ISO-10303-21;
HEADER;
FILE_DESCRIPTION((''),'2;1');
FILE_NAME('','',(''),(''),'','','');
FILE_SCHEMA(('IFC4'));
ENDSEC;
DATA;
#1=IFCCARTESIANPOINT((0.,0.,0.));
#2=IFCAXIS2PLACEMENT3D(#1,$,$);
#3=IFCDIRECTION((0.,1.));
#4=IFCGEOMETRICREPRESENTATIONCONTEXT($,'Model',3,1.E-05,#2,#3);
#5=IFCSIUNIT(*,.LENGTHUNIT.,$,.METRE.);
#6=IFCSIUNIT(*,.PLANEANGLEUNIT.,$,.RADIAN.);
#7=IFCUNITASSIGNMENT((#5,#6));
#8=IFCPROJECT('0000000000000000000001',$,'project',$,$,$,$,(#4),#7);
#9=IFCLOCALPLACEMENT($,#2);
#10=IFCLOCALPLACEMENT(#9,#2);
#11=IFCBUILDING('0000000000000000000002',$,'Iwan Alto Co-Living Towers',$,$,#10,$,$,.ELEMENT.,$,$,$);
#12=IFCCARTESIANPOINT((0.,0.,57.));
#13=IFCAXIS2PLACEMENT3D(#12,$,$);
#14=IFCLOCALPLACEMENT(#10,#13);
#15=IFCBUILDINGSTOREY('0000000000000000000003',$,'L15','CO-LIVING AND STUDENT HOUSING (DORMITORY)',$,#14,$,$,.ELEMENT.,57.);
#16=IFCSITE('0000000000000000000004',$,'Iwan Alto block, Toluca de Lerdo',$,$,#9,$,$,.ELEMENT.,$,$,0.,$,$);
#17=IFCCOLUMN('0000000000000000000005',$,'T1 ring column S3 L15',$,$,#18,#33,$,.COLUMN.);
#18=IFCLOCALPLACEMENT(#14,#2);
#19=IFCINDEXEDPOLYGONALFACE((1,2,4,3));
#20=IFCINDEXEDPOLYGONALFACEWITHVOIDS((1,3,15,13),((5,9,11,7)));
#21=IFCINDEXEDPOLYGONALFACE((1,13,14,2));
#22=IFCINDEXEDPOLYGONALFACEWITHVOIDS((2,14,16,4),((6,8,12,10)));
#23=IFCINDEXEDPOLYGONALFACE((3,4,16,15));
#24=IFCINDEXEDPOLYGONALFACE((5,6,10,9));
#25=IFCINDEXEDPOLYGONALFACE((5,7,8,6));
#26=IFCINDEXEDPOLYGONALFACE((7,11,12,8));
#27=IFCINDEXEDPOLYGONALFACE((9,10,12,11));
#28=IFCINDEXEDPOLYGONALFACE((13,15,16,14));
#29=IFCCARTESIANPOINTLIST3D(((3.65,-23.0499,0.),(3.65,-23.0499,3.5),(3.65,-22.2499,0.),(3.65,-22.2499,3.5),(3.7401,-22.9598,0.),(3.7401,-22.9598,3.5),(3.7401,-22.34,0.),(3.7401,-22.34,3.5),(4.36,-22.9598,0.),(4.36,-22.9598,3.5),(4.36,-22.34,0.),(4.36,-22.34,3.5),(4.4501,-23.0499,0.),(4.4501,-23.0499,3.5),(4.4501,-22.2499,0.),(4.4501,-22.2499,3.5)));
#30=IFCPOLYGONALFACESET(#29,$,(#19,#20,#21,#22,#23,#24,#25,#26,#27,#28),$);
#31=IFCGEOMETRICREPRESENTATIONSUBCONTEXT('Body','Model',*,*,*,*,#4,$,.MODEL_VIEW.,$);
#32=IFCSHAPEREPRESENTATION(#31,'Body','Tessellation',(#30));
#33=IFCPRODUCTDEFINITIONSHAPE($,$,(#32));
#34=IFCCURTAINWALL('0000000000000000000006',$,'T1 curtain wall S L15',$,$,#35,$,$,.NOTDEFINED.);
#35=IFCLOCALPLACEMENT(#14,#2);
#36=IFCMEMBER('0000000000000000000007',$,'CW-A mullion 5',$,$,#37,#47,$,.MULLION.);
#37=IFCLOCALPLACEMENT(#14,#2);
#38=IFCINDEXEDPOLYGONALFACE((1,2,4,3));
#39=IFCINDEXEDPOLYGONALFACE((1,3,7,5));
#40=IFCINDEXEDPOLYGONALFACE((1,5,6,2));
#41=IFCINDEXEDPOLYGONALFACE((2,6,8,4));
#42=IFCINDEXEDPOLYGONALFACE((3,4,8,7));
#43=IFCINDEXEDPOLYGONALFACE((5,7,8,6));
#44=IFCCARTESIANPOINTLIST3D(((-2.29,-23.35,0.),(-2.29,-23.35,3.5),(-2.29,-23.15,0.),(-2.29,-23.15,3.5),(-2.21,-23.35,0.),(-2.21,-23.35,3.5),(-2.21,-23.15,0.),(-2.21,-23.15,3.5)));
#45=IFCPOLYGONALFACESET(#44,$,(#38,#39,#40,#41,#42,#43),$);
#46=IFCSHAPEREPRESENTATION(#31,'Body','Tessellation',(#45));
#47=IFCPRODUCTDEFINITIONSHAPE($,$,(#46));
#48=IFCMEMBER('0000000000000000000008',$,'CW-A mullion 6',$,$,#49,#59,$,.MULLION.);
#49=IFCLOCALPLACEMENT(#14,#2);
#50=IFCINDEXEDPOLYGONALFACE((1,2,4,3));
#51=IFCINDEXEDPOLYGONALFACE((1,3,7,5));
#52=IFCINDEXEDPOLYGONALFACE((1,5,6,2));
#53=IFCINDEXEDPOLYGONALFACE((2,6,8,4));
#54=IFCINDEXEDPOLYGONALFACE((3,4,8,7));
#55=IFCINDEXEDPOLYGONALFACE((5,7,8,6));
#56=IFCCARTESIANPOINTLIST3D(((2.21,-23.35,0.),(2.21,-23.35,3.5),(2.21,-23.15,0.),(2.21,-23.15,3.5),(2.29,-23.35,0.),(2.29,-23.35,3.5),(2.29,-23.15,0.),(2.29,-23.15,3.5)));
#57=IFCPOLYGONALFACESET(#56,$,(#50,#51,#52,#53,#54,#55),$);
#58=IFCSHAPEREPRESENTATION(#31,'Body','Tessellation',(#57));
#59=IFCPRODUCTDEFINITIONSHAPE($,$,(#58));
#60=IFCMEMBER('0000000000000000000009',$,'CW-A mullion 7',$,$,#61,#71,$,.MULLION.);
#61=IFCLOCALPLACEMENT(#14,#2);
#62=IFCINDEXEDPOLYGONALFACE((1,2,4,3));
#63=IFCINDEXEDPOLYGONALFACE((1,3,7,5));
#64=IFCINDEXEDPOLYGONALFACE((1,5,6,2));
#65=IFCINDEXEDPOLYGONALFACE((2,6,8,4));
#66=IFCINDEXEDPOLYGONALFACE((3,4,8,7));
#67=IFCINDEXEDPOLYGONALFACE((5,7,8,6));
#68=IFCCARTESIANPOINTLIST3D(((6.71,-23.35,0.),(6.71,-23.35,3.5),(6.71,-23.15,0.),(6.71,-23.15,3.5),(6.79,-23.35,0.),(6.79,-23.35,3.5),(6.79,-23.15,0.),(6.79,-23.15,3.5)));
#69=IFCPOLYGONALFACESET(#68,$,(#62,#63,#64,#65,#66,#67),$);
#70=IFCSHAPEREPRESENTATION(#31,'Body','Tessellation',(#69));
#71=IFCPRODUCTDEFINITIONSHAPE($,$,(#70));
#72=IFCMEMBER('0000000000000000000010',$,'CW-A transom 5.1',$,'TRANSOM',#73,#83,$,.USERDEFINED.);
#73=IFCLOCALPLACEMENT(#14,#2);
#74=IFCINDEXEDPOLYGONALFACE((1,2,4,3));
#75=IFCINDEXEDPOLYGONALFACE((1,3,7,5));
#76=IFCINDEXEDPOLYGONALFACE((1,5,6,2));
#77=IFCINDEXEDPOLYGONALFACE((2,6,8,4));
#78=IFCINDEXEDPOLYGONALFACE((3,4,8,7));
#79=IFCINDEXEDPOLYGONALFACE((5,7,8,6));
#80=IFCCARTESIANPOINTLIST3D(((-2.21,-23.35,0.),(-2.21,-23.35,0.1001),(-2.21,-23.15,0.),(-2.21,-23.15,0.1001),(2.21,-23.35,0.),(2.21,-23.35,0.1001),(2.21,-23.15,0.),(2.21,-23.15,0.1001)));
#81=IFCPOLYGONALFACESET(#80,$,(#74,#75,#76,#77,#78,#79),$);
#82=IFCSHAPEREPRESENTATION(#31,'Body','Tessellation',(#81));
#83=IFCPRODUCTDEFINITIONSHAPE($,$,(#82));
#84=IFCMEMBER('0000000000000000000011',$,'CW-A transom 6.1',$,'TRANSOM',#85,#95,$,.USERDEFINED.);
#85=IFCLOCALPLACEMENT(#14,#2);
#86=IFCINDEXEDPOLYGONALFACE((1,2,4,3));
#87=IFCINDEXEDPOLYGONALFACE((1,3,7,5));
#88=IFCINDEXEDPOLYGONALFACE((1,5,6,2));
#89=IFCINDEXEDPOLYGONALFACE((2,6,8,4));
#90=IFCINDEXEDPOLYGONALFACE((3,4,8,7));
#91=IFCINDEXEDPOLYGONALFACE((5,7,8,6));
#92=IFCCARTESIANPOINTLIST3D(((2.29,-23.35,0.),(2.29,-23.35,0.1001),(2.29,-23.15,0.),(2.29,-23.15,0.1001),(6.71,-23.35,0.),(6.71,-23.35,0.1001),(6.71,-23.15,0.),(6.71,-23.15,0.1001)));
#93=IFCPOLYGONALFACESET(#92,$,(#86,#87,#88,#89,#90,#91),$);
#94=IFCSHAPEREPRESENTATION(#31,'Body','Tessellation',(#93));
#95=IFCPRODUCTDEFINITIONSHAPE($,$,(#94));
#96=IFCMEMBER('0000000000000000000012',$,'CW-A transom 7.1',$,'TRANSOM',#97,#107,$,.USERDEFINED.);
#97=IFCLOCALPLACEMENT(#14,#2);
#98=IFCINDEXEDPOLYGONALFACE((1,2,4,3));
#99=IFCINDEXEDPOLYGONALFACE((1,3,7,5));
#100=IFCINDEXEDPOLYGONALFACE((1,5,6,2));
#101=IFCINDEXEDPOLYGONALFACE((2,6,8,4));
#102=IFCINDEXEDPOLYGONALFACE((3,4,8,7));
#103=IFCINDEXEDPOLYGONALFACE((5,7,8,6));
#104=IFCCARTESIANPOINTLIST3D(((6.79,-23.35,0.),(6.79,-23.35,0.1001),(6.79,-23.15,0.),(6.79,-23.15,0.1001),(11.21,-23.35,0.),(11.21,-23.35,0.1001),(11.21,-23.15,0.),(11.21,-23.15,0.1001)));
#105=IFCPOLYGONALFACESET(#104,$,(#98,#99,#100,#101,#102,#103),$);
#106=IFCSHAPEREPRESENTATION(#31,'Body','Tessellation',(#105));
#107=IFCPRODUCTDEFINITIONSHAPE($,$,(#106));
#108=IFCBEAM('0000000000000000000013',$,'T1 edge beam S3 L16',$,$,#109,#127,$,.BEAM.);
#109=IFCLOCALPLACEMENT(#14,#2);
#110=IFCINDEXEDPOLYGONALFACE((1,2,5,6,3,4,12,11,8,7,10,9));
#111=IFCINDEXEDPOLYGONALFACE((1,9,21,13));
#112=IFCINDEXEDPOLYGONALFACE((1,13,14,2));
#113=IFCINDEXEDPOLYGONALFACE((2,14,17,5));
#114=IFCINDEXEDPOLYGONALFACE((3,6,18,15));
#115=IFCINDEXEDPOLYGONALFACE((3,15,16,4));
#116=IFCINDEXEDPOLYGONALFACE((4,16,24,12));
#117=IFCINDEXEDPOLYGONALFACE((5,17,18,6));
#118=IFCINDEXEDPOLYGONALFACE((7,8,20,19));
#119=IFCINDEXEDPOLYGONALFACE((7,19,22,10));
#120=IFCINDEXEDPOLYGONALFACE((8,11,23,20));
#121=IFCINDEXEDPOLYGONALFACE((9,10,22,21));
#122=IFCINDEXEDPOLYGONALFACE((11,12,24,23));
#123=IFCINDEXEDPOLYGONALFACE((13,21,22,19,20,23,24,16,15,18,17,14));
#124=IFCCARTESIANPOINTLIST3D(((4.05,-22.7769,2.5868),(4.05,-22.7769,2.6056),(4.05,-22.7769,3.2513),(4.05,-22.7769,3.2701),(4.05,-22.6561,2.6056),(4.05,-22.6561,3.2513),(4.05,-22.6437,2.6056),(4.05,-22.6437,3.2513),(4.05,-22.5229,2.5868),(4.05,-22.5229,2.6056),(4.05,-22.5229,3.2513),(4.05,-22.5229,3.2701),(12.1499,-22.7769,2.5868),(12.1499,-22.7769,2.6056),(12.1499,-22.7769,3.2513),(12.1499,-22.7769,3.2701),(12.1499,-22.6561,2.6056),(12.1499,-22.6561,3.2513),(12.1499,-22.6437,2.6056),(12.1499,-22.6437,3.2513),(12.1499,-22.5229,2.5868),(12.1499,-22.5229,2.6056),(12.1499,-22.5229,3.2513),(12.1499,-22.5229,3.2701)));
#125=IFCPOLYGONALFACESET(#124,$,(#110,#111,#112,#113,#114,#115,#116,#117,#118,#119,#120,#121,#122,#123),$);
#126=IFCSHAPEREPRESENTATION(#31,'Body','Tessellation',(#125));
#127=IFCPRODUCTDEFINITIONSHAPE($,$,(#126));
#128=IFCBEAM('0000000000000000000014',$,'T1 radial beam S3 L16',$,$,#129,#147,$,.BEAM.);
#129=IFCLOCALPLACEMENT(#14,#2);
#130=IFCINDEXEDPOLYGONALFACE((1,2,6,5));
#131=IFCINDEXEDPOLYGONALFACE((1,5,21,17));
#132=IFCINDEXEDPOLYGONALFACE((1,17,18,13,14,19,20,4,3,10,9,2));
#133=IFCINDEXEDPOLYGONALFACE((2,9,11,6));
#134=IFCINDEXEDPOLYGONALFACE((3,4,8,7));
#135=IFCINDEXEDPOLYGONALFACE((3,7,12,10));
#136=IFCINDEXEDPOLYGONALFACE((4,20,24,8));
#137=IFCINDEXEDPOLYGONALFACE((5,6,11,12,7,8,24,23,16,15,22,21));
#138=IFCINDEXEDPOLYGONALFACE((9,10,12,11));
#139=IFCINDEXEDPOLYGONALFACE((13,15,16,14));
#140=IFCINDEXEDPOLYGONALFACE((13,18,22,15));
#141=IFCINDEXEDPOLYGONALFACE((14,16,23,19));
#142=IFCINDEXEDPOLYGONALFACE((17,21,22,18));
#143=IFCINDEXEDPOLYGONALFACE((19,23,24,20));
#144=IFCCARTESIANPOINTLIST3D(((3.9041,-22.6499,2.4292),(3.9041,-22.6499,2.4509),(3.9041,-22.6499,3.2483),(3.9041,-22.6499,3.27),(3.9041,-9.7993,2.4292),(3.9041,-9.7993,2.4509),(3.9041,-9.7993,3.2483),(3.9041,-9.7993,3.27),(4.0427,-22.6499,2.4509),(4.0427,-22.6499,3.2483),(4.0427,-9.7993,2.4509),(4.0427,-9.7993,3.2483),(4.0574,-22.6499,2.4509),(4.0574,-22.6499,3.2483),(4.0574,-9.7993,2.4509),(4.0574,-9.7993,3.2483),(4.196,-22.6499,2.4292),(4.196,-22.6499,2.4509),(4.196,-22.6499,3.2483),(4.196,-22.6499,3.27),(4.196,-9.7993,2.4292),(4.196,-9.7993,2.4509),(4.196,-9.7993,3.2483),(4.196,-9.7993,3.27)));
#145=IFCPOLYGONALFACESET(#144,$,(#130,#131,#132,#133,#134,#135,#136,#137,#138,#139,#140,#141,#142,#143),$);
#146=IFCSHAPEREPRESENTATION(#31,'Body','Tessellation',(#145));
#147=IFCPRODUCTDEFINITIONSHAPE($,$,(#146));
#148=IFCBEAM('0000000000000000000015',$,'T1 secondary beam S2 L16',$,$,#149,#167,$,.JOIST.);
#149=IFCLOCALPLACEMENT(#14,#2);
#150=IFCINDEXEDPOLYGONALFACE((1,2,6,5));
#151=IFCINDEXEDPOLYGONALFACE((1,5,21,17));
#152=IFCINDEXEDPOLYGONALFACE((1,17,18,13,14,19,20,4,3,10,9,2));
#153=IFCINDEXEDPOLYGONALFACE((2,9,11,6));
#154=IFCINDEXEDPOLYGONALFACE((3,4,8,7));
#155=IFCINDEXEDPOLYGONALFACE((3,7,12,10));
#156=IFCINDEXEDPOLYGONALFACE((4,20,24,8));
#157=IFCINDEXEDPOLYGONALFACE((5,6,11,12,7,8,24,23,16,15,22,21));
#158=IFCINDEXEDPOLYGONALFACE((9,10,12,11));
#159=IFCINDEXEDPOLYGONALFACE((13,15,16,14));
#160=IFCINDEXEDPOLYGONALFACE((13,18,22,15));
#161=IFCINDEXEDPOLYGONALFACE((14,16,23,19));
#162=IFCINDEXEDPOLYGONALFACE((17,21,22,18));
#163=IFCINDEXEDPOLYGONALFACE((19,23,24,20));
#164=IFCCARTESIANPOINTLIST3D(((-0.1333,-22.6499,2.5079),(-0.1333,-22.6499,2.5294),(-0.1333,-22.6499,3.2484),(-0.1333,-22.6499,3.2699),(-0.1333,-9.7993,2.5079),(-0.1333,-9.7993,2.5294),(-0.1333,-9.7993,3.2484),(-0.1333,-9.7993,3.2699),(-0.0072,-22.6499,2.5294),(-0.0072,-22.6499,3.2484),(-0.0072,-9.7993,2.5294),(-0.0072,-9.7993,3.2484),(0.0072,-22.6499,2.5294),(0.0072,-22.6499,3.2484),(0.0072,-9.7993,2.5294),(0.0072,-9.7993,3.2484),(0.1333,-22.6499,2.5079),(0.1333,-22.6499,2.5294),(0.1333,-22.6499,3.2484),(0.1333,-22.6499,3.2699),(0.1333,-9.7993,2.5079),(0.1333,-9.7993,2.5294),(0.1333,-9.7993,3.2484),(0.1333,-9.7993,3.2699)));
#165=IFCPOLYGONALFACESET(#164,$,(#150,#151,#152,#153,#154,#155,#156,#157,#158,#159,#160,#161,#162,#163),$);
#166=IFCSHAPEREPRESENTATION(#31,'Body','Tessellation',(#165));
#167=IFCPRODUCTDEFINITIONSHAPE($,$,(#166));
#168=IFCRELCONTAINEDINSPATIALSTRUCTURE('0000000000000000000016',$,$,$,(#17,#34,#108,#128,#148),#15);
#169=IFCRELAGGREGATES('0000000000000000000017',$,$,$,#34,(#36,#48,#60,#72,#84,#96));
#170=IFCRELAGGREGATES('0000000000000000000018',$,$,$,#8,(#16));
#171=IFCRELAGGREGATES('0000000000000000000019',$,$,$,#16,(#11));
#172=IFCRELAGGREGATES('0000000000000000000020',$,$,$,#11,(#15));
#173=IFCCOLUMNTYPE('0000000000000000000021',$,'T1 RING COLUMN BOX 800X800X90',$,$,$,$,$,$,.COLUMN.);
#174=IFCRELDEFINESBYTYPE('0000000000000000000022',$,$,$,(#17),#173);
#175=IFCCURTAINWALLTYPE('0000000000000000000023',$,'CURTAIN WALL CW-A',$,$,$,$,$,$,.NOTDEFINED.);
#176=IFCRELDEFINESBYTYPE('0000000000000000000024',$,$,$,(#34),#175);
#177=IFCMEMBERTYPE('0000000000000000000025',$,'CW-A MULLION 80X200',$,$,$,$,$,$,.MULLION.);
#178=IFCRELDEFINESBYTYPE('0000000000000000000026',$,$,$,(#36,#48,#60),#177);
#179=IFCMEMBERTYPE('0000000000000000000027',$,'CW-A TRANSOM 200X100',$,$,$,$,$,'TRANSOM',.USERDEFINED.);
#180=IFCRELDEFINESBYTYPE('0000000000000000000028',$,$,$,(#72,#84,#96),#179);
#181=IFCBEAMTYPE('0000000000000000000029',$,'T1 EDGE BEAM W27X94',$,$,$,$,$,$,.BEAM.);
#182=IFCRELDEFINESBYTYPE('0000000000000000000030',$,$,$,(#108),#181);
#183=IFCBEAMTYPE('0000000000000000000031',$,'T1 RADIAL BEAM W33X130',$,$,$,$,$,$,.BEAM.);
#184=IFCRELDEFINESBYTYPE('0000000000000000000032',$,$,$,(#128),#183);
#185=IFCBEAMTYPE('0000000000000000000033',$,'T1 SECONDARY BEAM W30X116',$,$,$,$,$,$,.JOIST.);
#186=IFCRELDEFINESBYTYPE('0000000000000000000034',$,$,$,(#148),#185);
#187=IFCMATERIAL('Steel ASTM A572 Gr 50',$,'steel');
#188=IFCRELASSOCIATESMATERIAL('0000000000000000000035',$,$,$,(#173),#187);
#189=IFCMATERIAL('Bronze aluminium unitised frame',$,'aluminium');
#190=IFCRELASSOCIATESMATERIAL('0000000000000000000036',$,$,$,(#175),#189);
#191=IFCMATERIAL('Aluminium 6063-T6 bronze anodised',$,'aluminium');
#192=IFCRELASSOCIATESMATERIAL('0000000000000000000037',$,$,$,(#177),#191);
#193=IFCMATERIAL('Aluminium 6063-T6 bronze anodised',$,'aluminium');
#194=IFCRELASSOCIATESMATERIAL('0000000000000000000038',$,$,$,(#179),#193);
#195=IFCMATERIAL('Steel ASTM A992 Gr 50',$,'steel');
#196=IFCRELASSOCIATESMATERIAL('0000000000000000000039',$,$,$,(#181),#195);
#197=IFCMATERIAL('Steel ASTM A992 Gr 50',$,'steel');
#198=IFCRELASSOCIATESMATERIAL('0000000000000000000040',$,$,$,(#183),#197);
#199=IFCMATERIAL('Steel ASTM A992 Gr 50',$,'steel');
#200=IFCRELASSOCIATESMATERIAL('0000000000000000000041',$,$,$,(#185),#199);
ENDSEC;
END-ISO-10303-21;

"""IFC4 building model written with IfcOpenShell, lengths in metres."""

from ifc_helpers import new_model, si_unit, direction, frame, origin, origin_2d, place, context, subcontext, project, spatial, rectangle, hollow_rectangle, i_section, extrude, material, material_profile, profile_set, type_object, element, aggregate, save


model = new_model("IFC4")

# Units and contexts
model_context = context("Model", 3, precision=1e-05, world=origin(), true_north=direction((0.0, 1.0)))
body_context = subcontext(model_context, "Body", "Model", "MODEL_VIEW")
ifc_project = project(units=[si_unit("LENGTHUNIT", "METRE"), si_unit("PLANEANGLEUNIT", "RADIAN")], contexts=[model_context])

# Site, building, storey
site_placement = place(None, origin())
site = spatial("IfcSite", under=ifc_project, at=site_placement, Name="Iwan Alto block, Toluca de Lerdo", CompositionType="ELEMENT", RefElevation=0.0)
building_placement = place(site_placement, origin())
building = spatial("IfcBuilding", under=site, at=building_placement, Name="Iwan Alto Co-Living Towers", CompositionType="ELEMENT")
storey_placement = place(building_placement, frame((0.0, 0.0, 57.0)))
storey = spatial("IfcBuildingStorey", under=building, at=storey_placement, Name="L15", Description="CO-LIVING AND STUDENT HOUSING (DORMITORY)", CompositionType="ELEMENT", Elevation=57.0)

# Column
ifc_material_1 = material(Name="Steel ASTM A572 Gr 50", Category="steel")
ifc_material_profile_1 = material_profile(ifc_material_1, hollow_rectangle(XDim=0.8, YDim=0.8, WallThickness=0.0901, at=origin_2d()), Name="BOX 800X800X90")
ifc_profile_set_1 = profile_set([ifc_material_profile_1], Name="Steel ASTM A572 Gr 50")
column_type = type_object("IfcColumnType", Name="T1 RING COLUMN BOX 800X800X90", PredefinedType="COLUMN", material=ifc_profile_set_1)
column_placement = place(storey_placement, frame((4.05, -22.6499, 0.0), z_axis=(0.0, 0.0, 1.0), x_axis=(1.0, 0.0, 0.0)))
element("IfcColumn", 1, at=column_placement, inside=storey, type_object=column_type, Name="T1 ring column S3 L15", PredefinedType="COLUMN", context=body_context, shape_type="SweptSolid", body=[
    extrude(hollow_rectangle(XDim=0.8, YDim=0.8, WallThickness=0.0901, at=origin_2d()), origin(), (0.0, 0.0, 1.0), 3.5),
])

# Curtain wall, members
ifc_material_2 = material(Name="Bronze aluminium unitised frame", Category="aluminium")
curtain_wall_type = type_object("IfcCurtainWallType", Name="CURTAIN WALL CW-A", PredefinedType="NOTDEFINED", material=ifc_material_2)
curtain_wall_placement = place(storey_placement, origin())
curtain_wall = element("IfcCurtainWall", 2, at=curtain_wall_placement, inside=storey, type_object=curtain_wall_type, Name="T1 curtain wall S L15", PredefinedType="NOTDEFINED")
ifc_material_3 = material(Name="Aluminium 6063-T6 bronze anodised", Category="aluminium")
ifc_material_profile_2 = material_profile(ifc_material_3, rectangle(XDim=0.2, YDim=0.0801, at=origin_2d()), Name="AL 80X200")
ifc_profile_set_2 = profile_set([ifc_material_profile_2], Name="Aluminium 6063-T6 bronze anodised")
member_type_1 = type_object("IfcMemberType", Name="CW-A MULLION 80X200", PredefinedType="MULLION", material=ifc_profile_set_2)
member_1_placement = place(storey_placement, frame((-2.25, -23.25, 0.0), z_axis=(0.0, 0.0, 1.0), x_axis=(0.0, 1.0, 0.0)))
member_1 = element("IfcMember", 3, at=member_1_placement, type_object=member_type_1, Name="CW-A mullion 5", PredefinedType="MULLION", context=body_context, shape_type="SweptSolid", body=[
    extrude(rectangle(XDim=0.2, YDim=0.0801, at=origin_2d()), origin(), (0.0, 0.0, 1.0), 3.5),
])
member_2_placement = place(storey_placement, frame((2.25, -23.25, 0.0), z_axis=(0.0, 0.0, 1.0), x_axis=(0.0, 1.0, 0.0)))
member_2 = element("IfcMember", 4, at=member_2_placement, type_object=member_type_1, Name="CW-A mullion 6", PredefinedType="MULLION", context=body_context, shape_type="SweptSolid", body=[
    extrude(rectangle(XDim=0.2, YDim=0.0801, at=origin_2d()), origin(), (0.0, 0.0, 1.0), 3.5),
])
member_3_placement = place(storey_placement, frame((6.75, -23.25, 0.0), z_axis=(0.0, 0.0, 1.0), x_axis=(0.0, 1.0, 0.0)))
member_3 = element("IfcMember", 5, at=member_3_placement, type_object=member_type_1, Name="CW-A mullion 7", PredefinedType="MULLION", context=body_context, shape_type="SweptSolid", body=[
    extrude(rectangle(XDim=0.2, YDim=0.0801, at=origin_2d()), origin(), (0.0, 0.0, 1.0), 3.5),
])
ifc_material_4 = material(Name="Aluminium 6063-T6 bronze anodised", Category="aluminium")
ifc_material_profile_3 = material_profile(ifc_material_4, rectangle(XDim=0.2, YDim=0.1001, at=origin_2d()), Name="AL 200X100")
ifc_profile_set_3 = profile_set([ifc_material_profile_3], Name="Aluminium 6063-T6 bronze anodised")
member_type_2 = type_object("IfcMemberType", Name="CW-A TRANSOM 200X100", ElementType="TRANSOM", PredefinedType="USERDEFINED", material=ifc_profile_set_3)
member_4_placement = place(storey_placement, frame((-2.21, -23.25, 0.05), z_axis=(1.0, 0.0, 0.0), x_axis=(0.0, 1.0, 0.0)))
member_4 = element("IfcMember", 6, at=member_4_placement, type_object=member_type_2, Name="CW-A transom 5.1", ObjectType="TRANSOM", PredefinedType="USERDEFINED", context=body_context, shape_type="SweptSolid", body=[
    extrude(rectangle(XDim=0.2, YDim=0.1001, at=origin_2d()), origin(), (0.0, 0.0, 1.0), 4.4199),
])
member_5_placement = place(storey_placement, frame((2.29, -23.25, 0.05), z_axis=(1.0, 0.0, 0.0), x_axis=(0.0, 1.0, 0.0)))
member_5 = element("IfcMember", 7, at=member_5_placement, type_object=member_type_2, Name="CW-A transom 6.1", ObjectType="TRANSOM", PredefinedType="USERDEFINED", context=body_context, shape_type="SweptSolid", body=[
    extrude(rectangle(XDim=0.2, YDim=0.1001, at=origin_2d()), origin(), (0.0, 0.0, 1.0), 4.4199),
])
member_6_placement = place(storey_placement, frame((6.79, -23.25, 0.05), z_axis=(1.0, 0.0, 0.0), x_axis=(0.0, 1.0, 0.0)))
member_6 = element("IfcMember", 8, at=member_6_placement, type_object=member_type_2, Name="CW-A transom 7.1", ObjectType="TRANSOM", PredefinedType="USERDEFINED", context=body_context, shape_type="SweptSolid", body=[
    extrude(rectangle(XDim=0.2, YDim=0.1001, at=origin_2d()), origin(), (0.0, 0.0, 1.0), 4.4199),
])

# Beams
ifc_material_5 = material(Name="Steel ASTM A992 Gr 50", Category="steel")
ifc_material_profile_4 = material_profile(ifc_material_5, i_section(OverallWidth=0.2539, OverallDepth=0.6833, WebThickness=0.0125, FlangeThickness=0.0188, at=origin_2d()), Name="W27X94")
ifc_profile_set_4 = profile_set([ifc_material_profile_4], Name="Steel ASTM A992 Gr 50")
beam_type_1 = type_object("IfcBeamType", Name="T1 EDGE BEAM W27X94", PredefinedType="BEAM", material=ifc_profile_set_4)
beam_1_placement = place(storey_placement, frame((4.05, -22.6499, 2.9285), z_axis=(1.0, 0.0, 0.0), x_axis=(0.0, 1.0, 0.0)))
element("IfcBeam", 9, at=beam_1_placement, inside=storey, type_object=beam_type_1, Name="T1 edge beam S3 L16", PredefinedType="BEAM", context=body_context, shape_type="SweptSolid", body=[
    extrude(i_section(OverallWidth=0.2539, OverallDepth=0.6833, WebThickness=0.0125, FlangeThickness=0.0188, at=origin_2d()), origin(), (0.0, 0.0, 1.0), 8.0999),
])
ifc_material_6 = material(Name="Steel ASTM A992 Gr 50", Category="steel")
ifc_material_profile_5 = material_profile(ifc_material_6, i_section(OverallWidth=0.292, OverallDepth=0.8408, WebThickness=0.0146, FlangeThickness=0.0217, at=origin_2d()), Name="W33X130")
ifc_profile_set_5 = profile_set([ifc_material_profile_5], Name="Steel ASTM A992 Gr 50")
beam_type_2 = type_object("IfcBeamType", Name="T1 RADIAL BEAM W33X130", PredefinedType="BEAM", material=ifc_profile_set_5)
beam_2_placement = place(storey_placement, frame((4.05, -22.6499, 2.8496), z_axis=(0.0, 1.0, 0.0), x_axis=(-1.0, 0.0, 0.0)))
element("IfcBeam", 10, at=beam_2_placement, inside=storey, type_object=beam_type_2, Name="T1 radial beam S3 L16", PredefinedType="BEAM", context=body_context, shape_type="SweptSolid", body=[
    extrude(i_section(OverallWidth=0.292, OverallDepth=0.8408, WebThickness=0.0146, FlangeThickness=0.0217, at=origin_2d()), origin(), (0.0, 0.0, 1.0), 12.8506),
])
ifc_material_7 = material(Name="Steel ASTM A992 Gr 50", Category="steel")
ifc_material_profile_6 = material_profile(ifc_material_7, i_section(OverallWidth=0.2666, OverallDepth=0.762, WebThickness=0.0144, FlangeThickness=0.0215, at=origin_2d()), Name="W30X116")
ifc_profile_set_6 = profile_set([ifc_material_profile_6], Name="Steel ASTM A992 Gr 50")
beam_type_3 = type_object("IfcBeamType", Name="T1 SECONDARY BEAM W30X116", PredefinedType="JOIST", material=ifc_profile_set_6)
for number, where, z_axis, x_axis, name in (
    (11, (0.0, -22.6499, 2.8889), (0.0, 1.0, 0.0), (-1.0, 0.0, 0.0), "T1 secondary beam S2 L16"),
):
    element("IfcBeam", number, at=place(storey_placement, frame(where, z_axis=z_axis, x_axis=x_axis)), inside=storey, type_object=beam_type_3, Name=name, PredefinedType="JOIST", context=body_context, shape_type="SweptSolid", body=[
        extrude(i_section(OverallWidth=0.2666, OverallDepth=0.762, WebThickness=0.0144, FlangeThickness=0.0215, at=origin_2d()), origin(), (0.0, 0.0, 1.0), 12.8506),
    ])

aggregate(curtain_wall, [member_1, member_2, member_3, member_4, member_5, member_6])

save(model, "model.ifc")
